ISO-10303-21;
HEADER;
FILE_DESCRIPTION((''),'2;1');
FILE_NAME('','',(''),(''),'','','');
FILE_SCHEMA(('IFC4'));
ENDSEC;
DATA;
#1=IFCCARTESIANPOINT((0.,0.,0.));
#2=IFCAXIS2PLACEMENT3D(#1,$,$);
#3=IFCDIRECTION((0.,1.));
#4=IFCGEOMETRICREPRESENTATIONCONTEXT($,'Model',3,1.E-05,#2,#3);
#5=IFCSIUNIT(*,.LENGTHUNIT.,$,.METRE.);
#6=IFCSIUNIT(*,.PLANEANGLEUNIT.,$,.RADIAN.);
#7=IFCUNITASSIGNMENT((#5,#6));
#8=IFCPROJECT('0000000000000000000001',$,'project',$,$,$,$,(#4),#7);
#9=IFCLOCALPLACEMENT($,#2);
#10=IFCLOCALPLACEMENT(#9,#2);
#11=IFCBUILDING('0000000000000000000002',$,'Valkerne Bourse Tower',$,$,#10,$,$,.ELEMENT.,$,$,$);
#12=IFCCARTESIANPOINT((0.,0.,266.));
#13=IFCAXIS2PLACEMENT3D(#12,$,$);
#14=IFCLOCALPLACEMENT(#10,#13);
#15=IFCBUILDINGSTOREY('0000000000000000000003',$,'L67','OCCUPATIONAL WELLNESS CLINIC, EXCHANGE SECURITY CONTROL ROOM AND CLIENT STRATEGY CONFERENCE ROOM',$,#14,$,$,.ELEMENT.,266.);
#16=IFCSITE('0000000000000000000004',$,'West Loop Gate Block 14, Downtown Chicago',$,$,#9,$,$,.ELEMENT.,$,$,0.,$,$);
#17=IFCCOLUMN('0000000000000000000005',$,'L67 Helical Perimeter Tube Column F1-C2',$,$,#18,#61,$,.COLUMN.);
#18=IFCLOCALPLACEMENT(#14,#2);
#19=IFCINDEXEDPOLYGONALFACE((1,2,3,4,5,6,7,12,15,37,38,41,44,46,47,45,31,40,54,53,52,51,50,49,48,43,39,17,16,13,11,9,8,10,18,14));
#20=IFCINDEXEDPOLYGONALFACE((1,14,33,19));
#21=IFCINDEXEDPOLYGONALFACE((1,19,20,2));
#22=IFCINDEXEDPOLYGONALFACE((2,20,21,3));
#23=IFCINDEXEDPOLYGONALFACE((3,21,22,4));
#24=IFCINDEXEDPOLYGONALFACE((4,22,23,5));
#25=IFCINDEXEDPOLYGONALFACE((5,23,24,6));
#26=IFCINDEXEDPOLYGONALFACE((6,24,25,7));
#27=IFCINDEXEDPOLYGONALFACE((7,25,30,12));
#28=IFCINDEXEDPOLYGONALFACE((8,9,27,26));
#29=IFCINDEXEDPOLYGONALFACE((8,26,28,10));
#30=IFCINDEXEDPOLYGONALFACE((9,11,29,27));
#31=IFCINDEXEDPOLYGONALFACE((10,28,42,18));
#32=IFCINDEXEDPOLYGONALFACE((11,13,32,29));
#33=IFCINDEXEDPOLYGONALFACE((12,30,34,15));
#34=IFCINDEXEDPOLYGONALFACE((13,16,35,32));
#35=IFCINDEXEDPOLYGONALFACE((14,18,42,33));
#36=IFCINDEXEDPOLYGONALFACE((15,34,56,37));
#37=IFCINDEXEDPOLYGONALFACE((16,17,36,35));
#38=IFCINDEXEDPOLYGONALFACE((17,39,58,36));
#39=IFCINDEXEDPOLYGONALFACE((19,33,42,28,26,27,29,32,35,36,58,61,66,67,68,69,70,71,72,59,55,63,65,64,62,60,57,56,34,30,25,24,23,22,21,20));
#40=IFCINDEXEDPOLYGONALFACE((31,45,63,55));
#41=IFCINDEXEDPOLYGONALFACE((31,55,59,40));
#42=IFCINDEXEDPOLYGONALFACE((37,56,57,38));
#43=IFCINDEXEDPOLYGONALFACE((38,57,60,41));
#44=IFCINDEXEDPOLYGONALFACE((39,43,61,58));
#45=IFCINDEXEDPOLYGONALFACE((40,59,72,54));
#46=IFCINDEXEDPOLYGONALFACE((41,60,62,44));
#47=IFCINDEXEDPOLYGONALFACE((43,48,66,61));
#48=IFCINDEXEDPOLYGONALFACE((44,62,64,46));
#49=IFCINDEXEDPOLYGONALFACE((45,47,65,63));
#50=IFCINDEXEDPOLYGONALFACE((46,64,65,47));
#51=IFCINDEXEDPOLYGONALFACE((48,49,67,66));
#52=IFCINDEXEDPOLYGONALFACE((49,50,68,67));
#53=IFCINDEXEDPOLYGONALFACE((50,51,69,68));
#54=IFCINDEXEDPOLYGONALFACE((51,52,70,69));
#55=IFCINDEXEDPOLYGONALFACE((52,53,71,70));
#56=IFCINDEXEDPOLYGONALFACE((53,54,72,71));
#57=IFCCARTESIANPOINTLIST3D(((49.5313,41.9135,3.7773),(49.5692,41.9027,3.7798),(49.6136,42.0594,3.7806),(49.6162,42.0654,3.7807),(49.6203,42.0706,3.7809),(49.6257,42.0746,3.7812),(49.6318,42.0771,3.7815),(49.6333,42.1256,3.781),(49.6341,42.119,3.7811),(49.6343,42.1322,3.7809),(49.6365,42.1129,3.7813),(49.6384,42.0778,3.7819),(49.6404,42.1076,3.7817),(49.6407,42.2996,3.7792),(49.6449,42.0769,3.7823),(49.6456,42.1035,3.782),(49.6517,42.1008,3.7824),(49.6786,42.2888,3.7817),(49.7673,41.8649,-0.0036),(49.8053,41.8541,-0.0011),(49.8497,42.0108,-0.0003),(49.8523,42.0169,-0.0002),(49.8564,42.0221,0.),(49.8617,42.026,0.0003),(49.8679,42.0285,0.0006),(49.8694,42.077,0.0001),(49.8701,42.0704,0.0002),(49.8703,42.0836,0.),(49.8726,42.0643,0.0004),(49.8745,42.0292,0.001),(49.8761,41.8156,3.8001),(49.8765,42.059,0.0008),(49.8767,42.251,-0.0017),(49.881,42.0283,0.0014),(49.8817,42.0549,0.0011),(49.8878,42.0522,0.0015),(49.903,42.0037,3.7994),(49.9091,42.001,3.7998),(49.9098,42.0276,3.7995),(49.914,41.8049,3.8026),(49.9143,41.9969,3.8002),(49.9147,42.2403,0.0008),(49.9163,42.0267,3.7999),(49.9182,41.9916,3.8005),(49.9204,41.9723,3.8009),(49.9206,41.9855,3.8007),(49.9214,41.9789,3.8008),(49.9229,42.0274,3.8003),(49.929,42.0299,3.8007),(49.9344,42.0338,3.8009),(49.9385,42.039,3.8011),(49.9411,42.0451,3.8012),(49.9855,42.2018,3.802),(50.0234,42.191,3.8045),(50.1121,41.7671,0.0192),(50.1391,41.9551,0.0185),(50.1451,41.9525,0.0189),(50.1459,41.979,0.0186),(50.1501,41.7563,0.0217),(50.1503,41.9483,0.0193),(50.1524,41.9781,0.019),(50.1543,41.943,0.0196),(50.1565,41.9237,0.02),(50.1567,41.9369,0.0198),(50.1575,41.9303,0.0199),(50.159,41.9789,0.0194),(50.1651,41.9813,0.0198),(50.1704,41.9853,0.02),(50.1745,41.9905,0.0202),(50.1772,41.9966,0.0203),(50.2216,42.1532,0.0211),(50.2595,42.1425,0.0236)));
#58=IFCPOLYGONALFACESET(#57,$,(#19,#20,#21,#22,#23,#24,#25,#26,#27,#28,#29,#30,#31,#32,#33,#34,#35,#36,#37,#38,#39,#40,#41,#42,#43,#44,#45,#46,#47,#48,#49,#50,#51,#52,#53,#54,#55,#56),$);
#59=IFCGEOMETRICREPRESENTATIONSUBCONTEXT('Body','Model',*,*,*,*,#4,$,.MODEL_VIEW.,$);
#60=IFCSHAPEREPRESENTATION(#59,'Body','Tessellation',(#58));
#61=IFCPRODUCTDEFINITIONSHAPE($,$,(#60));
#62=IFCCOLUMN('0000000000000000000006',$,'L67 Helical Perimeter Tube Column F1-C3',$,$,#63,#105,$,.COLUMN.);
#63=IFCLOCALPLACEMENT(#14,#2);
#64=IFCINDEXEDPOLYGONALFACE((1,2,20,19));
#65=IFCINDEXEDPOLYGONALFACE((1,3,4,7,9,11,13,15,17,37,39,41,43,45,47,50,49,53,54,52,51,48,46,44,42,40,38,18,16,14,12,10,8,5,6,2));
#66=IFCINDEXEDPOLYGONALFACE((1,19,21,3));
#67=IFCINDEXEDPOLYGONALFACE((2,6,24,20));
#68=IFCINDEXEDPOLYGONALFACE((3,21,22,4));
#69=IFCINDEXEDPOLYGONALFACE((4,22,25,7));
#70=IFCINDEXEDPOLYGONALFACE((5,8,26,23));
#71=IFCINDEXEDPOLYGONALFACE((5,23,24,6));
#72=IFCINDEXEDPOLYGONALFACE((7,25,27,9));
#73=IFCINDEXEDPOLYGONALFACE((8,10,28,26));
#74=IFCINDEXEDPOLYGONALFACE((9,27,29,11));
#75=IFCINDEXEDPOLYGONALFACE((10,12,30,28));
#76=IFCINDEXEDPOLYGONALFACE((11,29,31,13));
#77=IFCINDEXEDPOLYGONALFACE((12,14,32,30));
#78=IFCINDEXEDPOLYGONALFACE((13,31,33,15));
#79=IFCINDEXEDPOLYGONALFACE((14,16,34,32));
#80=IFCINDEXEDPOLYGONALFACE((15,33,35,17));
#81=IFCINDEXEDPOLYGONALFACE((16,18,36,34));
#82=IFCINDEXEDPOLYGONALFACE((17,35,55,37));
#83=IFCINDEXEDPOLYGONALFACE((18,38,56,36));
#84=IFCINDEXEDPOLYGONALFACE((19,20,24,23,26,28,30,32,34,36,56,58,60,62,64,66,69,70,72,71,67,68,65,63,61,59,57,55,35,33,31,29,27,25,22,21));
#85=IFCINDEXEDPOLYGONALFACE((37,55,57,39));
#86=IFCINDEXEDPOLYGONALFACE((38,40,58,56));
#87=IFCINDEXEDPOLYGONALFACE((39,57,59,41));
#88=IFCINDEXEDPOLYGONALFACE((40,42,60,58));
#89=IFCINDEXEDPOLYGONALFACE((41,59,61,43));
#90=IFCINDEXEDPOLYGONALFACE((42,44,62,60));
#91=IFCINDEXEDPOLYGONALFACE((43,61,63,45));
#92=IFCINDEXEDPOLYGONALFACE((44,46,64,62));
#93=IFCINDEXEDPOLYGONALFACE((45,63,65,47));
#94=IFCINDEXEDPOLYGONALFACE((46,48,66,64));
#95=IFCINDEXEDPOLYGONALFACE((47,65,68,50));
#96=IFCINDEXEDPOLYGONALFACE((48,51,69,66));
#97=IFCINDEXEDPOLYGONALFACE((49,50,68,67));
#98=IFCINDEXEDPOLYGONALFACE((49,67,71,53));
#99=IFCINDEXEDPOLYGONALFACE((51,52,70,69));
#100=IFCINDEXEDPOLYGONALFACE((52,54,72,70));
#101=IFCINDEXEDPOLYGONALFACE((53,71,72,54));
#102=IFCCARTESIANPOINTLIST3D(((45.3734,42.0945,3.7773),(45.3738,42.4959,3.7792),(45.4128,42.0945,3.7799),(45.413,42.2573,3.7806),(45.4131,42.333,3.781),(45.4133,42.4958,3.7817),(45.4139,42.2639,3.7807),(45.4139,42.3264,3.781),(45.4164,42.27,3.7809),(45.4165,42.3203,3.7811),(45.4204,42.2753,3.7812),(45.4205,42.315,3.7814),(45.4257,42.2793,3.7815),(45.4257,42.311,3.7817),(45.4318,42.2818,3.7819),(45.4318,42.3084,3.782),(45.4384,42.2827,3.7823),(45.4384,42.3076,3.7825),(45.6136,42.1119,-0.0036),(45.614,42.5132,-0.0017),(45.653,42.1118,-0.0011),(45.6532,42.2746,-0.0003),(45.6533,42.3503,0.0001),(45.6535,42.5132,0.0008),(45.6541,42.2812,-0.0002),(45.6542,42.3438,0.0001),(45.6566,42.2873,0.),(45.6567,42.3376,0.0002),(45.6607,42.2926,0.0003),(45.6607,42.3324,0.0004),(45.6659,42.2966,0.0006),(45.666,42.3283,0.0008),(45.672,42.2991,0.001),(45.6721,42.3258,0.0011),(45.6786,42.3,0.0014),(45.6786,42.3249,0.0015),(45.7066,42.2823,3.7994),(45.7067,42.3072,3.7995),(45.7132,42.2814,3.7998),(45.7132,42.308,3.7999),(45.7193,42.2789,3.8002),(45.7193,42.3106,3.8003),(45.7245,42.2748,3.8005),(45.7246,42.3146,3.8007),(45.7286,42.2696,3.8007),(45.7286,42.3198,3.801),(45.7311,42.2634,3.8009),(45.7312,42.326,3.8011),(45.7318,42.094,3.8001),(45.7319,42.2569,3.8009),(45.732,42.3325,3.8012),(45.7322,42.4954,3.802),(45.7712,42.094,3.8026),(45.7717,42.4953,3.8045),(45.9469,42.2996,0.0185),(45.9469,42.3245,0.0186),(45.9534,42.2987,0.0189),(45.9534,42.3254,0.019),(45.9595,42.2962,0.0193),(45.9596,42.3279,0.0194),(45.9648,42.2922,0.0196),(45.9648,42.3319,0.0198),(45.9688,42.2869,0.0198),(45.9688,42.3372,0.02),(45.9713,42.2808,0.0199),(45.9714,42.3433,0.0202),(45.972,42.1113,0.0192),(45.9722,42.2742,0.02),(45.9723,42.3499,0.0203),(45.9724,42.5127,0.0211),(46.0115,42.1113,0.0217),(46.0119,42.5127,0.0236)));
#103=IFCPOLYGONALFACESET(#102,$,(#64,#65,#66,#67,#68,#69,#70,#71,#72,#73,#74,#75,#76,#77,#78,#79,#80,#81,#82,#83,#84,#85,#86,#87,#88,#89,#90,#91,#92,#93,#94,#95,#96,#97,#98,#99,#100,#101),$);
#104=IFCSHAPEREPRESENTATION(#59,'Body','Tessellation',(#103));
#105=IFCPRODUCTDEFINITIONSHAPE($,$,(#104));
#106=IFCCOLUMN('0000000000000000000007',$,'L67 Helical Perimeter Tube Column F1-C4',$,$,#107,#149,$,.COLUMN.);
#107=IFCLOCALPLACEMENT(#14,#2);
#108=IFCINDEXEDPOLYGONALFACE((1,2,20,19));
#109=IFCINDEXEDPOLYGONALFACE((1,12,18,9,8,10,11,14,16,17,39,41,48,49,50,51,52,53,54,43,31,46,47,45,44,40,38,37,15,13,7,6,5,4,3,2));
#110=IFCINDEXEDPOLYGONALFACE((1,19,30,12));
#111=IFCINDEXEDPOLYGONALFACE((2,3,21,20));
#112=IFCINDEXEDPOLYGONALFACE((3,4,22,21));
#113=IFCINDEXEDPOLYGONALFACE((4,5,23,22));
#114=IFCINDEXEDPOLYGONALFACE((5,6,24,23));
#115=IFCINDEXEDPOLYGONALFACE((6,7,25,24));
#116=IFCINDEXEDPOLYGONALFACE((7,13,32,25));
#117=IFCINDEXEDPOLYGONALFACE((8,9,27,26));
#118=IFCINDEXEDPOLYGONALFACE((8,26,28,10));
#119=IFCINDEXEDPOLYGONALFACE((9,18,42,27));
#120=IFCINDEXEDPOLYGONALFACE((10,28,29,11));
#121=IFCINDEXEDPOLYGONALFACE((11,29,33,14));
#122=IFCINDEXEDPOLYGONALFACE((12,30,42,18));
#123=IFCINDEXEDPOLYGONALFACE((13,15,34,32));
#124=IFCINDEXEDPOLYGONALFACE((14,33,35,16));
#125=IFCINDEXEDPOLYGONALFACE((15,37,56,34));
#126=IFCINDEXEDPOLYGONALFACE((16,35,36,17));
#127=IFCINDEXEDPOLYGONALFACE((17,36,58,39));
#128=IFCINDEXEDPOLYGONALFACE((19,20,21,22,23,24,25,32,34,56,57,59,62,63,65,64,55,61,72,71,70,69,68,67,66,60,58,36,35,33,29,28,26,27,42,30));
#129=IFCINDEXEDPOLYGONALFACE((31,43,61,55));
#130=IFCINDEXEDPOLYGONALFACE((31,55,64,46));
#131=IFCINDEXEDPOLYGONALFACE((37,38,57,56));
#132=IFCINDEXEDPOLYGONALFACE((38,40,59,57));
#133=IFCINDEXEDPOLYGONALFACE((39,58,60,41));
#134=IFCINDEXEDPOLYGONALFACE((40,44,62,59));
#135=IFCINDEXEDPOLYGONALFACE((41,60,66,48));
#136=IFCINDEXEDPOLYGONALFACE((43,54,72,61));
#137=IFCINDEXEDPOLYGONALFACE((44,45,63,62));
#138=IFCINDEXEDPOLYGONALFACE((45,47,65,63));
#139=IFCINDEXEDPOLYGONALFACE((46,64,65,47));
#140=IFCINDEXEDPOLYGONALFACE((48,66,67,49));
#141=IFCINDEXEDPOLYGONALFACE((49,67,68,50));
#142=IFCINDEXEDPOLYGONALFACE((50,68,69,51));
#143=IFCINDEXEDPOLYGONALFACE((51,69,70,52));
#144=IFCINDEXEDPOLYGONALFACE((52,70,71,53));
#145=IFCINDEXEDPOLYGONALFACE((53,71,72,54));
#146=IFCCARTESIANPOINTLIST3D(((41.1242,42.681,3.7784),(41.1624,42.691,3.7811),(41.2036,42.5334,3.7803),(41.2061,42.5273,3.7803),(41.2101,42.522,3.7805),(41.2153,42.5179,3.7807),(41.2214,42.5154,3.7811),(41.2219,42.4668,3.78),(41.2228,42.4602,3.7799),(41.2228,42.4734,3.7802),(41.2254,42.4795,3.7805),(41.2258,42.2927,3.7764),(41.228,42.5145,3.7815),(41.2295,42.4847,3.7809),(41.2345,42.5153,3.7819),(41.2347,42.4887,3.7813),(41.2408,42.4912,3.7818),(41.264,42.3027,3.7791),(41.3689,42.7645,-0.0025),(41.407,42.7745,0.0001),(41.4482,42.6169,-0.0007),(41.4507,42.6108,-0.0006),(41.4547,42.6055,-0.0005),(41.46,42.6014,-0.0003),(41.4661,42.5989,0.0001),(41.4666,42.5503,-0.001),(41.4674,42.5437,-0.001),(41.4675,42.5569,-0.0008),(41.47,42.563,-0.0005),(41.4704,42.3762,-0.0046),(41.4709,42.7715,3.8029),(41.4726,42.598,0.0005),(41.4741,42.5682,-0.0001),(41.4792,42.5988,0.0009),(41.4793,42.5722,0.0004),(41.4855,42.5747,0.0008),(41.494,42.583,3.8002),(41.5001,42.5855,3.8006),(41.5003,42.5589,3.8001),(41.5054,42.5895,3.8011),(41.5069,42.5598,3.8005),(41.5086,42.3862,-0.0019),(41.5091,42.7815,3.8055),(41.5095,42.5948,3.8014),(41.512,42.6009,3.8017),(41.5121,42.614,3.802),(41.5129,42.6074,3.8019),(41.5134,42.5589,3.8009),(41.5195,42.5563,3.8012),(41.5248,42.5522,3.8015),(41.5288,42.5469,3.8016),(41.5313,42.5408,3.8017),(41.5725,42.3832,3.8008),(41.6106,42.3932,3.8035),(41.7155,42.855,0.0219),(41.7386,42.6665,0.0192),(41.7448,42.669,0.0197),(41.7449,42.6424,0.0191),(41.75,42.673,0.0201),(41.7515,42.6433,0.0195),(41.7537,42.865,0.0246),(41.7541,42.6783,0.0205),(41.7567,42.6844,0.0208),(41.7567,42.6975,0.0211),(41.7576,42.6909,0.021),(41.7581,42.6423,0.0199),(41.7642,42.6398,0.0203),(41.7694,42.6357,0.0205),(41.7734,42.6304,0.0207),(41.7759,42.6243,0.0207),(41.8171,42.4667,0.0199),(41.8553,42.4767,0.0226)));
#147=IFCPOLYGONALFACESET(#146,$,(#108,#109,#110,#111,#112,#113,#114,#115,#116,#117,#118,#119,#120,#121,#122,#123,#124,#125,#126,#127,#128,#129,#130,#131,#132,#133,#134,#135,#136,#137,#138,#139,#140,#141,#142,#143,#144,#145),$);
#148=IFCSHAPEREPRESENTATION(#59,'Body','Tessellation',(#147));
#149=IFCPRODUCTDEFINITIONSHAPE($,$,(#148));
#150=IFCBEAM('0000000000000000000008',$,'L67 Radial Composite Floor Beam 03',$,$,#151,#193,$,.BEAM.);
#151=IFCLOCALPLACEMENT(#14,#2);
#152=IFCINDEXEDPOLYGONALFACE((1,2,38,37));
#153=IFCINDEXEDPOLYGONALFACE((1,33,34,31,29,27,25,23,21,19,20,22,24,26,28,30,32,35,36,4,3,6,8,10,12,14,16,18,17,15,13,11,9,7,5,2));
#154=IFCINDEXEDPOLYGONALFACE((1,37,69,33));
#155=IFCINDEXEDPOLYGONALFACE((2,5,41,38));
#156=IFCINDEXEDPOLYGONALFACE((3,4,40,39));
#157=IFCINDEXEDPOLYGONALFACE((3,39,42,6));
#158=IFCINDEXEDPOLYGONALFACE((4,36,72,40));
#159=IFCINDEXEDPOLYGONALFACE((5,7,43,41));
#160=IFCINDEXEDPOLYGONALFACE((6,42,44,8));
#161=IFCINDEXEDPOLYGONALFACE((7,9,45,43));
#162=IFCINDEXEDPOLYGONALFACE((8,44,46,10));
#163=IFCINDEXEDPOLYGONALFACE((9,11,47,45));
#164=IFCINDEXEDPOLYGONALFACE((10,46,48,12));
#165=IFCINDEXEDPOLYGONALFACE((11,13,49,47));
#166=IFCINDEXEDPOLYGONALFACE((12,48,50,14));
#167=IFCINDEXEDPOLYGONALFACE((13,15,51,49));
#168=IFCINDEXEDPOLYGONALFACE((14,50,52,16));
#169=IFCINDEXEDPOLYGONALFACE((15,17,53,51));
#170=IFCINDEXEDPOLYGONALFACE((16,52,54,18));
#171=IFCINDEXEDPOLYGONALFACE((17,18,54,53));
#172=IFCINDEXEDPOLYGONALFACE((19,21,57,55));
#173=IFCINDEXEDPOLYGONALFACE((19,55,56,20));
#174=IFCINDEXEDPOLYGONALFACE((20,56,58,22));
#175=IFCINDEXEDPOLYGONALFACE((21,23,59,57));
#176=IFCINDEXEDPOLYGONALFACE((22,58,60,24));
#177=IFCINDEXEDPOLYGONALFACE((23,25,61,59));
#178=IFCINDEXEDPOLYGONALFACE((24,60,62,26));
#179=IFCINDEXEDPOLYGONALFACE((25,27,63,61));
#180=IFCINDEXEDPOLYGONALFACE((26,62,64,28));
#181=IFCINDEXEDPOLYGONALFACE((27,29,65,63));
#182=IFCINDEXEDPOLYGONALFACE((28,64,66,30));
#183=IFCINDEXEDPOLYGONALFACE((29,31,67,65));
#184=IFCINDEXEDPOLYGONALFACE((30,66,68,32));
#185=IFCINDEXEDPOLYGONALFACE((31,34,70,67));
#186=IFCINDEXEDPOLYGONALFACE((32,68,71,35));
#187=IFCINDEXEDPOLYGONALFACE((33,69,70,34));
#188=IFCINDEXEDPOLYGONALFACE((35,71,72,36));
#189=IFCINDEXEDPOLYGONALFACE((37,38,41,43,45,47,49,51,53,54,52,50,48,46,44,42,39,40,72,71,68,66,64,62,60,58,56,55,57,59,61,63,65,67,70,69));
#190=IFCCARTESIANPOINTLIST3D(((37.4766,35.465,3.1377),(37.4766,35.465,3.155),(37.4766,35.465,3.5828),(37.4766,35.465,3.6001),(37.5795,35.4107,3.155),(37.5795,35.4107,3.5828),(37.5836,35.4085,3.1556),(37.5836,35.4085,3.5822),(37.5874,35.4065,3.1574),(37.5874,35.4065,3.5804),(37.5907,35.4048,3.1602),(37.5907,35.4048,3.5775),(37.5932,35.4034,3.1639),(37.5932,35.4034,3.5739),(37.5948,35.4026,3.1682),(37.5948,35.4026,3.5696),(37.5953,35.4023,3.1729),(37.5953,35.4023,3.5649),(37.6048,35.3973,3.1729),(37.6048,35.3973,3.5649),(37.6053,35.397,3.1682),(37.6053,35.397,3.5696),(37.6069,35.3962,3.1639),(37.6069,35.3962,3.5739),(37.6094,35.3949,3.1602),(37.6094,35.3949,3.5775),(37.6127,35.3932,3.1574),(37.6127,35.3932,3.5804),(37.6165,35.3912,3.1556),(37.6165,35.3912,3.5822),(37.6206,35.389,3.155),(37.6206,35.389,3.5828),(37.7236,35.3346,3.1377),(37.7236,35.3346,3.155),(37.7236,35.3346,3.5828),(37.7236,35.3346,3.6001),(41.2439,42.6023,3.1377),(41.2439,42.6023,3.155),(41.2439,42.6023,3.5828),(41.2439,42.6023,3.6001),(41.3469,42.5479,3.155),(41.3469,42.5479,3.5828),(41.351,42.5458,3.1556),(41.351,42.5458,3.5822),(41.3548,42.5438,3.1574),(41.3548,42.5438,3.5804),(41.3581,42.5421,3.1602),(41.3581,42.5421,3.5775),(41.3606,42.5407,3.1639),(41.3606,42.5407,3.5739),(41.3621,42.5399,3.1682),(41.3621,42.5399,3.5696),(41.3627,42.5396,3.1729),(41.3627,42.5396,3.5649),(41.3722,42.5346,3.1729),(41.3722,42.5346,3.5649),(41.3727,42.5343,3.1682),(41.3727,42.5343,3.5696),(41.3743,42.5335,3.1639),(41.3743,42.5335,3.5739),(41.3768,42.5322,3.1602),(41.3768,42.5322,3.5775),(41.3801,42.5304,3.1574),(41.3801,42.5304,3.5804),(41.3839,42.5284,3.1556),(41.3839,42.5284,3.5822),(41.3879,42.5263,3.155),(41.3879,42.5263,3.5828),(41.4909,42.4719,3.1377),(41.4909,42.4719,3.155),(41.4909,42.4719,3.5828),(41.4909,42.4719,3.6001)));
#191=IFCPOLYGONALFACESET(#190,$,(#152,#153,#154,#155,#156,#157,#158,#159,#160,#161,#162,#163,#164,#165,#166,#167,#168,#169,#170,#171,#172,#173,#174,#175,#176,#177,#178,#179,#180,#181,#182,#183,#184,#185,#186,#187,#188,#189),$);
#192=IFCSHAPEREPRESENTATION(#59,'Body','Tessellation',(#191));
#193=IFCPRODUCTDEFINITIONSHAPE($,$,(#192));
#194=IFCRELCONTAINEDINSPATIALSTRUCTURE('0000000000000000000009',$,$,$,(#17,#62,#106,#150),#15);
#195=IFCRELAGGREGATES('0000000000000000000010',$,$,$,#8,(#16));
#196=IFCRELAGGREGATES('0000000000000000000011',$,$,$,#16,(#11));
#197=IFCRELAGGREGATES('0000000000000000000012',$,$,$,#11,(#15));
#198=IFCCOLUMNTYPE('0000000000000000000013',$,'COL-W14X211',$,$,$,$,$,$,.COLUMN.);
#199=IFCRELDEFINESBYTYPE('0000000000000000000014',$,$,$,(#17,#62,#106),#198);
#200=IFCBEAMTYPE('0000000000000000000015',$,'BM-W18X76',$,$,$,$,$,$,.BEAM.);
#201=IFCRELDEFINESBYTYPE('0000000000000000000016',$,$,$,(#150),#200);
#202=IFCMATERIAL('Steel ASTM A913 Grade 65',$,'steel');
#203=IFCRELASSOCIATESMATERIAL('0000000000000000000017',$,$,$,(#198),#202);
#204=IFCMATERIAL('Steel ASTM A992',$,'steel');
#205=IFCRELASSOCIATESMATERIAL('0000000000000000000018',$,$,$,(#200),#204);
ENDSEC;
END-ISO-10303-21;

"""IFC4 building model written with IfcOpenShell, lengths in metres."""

from ifc_helpers import new_model, si_unit, direction, frame, origin, origin_2d, place, context, subcontext, project, spatial, i_section, extrude, material, material_profile, profile_set, type_object, element, save


model = new_model("IFC4")

# Units and contexts
model_context = context("Model", 3, precision=1e-05, world=origin(), true_north=direction((0.0, 1.0)))
body_context = subcontext(model_context, "Body", "Model", "MODEL_VIEW")
ifc_project = project(units=[si_unit("LENGTHUNIT", "METRE"), si_unit("PLANEANGLEUNIT", "RADIAN")], contexts=[model_context])

# Site, building, storey
site_placement = place(None, origin())
site = spatial("IfcSite", under=ifc_project, at=site_placement, Name="West Loop Gate Block 14, Downtown Chicago", CompositionType="ELEMENT", RefElevation=0.0)
building_placement = place(site_placement, origin())
building = spatial("IfcBuilding", under=site, at=building_placement, Name="Valkerne Bourse Tower", CompositionType="ELEMENT")
storey_placement = place(building_placement, frame((0.0, 0.0, 266.0)))
storey = spatial("IfcBuildingStorey", under=building, at=storey_placement, Name="L67", Description="OCCUPATIONAL WELLNESS CLINIC, EXCHANGE SECURITY CONTROL ROOM AND CLIENT STRATEGY CONFERENCE ROOM", CompositionType="ELEMENT", Elevation=266.0)

# Columns
ifc_material_1 = material(Name="Steel ASTM A913 Grade 65", Category="steel")
ifc_material_profile_1 = material_profile(ifc_material_1, i_section(OverallWidth=0.4014, OverallDepth=0.3987, WebThickness=0.0249, FlangeThickness=0.0396, FilletRadius=0.0254, at=origin_2d()), Name="W14X211")
ifc_profile_set_1 = profile_set([ifc_material_profile_1], Name="Steel ASTM A913 Grade 65")
column_type = type_object("IfcColumnType", Name="COL-W14X211", PredefinedType="COLUMN", material=ifc_profile_set_1)
for number, where, z_axis, x_axis, name in (
    (1, (50.0134, 42.0037, 0.01), (-0.062313, 0.012823, 0.997974), (0.272616, 0.962112, 0.004659), "L67 Helical Perimeter Tube Column F1-C2"),
    (2, (45.8127, 42.3123, 0.01), (-0.063409, -0.004575, 0.997977), (0.001126, 0.999989, 0.004656), "L67 Helical Perimeter Tube Column F1-C3"),
):
    element("IfcColumn", number, at=place(storey_placement, frame(where, z_axis=z_axis, x_axis=x_axis)), inside=storey, type_object=column_type, Name=name, PredefinedType="COLUMN", context=body_context, shape_type="SweptSolid", body=[
        extrude(i_section(OverallWidth=0.4014, OverallDepth=0.3987, WebThickness=0.0249, FlangeThickness=0.0396, FilletRadius=0.0254, at=origin_2d()), origin(), (0.0, 0.0, 1.0), 3.7886),
    ])
column_placement = place(storey_placement, frame((41.6121, 42.6206, 0.01), z_axis=(-0.064549, -0.022032, 0.997671), x_axis=(-0.253002, 0.967453, 0.004995)))
element("IfcColumn", 3, at=column_placement, inside=storey, type_object=column_type, Name="L67 Helical Perimeter Tube Column F1-C4", PredefinedType="COLUMN", context=body_context, shape_type="SweptSolid", body=[
    extrude(i_section(OverallWidth=0.4014, OverallDepth=0.3987, WebThickness=0.0249, FlangeThickness=0.0396, FilletRadius=0.0254, at=origin_2d()), origin(), (0.0, 0.0, 1.0), 3.7898),
])

# Beam
ifc_material_2 = material(Name="Steel ASTM A992", Category="steel")
ifc_material_profile_2 = material_profile(ifc_material_2, i_section(OverallWidth=0.2793, OverallDepth=0.4624, WebThickness=0.0107, FlangeThickness=0.0173, FilletRadius=0.0178, at=origin_2d()), Name="W18X76")
ifc_profile_set_2 = profile_set([ifc_material_profile_2], Name="Steel ASTM A992")
beam_type_1 = type_object("IfcBeamType", Name="BM-W18X76", PredefinedType="BEAM", material=ifc_profile_set_2)
beam_1_placement = place(storey_placement, frame((41.3674, 42.5371, 3.3689), z_axis=(-0.466805, -0.88436, 0.0), x_axis=(0.88436, -0.466805, 0.0)))
element("IfcBeam", 4, at=beam_1_placement, inside=storey, type_object=beam_type_1, Name="L67 Radial Composite Floor Beam 03", PredefinedType="BEAM", context=body_context, shape_type="SweptSolid", body=[
    extrude(i_section(OverallWidth=0.2793, OverallDepth=0.4624, WebThickness=0.0107, FlangeThickness=0.0173, FilletRadius=0.0178, at=origin_2d()), origin(), (0.0, 0.0, 1.0), 8.0706),
])

save(model, "model.ifc")
